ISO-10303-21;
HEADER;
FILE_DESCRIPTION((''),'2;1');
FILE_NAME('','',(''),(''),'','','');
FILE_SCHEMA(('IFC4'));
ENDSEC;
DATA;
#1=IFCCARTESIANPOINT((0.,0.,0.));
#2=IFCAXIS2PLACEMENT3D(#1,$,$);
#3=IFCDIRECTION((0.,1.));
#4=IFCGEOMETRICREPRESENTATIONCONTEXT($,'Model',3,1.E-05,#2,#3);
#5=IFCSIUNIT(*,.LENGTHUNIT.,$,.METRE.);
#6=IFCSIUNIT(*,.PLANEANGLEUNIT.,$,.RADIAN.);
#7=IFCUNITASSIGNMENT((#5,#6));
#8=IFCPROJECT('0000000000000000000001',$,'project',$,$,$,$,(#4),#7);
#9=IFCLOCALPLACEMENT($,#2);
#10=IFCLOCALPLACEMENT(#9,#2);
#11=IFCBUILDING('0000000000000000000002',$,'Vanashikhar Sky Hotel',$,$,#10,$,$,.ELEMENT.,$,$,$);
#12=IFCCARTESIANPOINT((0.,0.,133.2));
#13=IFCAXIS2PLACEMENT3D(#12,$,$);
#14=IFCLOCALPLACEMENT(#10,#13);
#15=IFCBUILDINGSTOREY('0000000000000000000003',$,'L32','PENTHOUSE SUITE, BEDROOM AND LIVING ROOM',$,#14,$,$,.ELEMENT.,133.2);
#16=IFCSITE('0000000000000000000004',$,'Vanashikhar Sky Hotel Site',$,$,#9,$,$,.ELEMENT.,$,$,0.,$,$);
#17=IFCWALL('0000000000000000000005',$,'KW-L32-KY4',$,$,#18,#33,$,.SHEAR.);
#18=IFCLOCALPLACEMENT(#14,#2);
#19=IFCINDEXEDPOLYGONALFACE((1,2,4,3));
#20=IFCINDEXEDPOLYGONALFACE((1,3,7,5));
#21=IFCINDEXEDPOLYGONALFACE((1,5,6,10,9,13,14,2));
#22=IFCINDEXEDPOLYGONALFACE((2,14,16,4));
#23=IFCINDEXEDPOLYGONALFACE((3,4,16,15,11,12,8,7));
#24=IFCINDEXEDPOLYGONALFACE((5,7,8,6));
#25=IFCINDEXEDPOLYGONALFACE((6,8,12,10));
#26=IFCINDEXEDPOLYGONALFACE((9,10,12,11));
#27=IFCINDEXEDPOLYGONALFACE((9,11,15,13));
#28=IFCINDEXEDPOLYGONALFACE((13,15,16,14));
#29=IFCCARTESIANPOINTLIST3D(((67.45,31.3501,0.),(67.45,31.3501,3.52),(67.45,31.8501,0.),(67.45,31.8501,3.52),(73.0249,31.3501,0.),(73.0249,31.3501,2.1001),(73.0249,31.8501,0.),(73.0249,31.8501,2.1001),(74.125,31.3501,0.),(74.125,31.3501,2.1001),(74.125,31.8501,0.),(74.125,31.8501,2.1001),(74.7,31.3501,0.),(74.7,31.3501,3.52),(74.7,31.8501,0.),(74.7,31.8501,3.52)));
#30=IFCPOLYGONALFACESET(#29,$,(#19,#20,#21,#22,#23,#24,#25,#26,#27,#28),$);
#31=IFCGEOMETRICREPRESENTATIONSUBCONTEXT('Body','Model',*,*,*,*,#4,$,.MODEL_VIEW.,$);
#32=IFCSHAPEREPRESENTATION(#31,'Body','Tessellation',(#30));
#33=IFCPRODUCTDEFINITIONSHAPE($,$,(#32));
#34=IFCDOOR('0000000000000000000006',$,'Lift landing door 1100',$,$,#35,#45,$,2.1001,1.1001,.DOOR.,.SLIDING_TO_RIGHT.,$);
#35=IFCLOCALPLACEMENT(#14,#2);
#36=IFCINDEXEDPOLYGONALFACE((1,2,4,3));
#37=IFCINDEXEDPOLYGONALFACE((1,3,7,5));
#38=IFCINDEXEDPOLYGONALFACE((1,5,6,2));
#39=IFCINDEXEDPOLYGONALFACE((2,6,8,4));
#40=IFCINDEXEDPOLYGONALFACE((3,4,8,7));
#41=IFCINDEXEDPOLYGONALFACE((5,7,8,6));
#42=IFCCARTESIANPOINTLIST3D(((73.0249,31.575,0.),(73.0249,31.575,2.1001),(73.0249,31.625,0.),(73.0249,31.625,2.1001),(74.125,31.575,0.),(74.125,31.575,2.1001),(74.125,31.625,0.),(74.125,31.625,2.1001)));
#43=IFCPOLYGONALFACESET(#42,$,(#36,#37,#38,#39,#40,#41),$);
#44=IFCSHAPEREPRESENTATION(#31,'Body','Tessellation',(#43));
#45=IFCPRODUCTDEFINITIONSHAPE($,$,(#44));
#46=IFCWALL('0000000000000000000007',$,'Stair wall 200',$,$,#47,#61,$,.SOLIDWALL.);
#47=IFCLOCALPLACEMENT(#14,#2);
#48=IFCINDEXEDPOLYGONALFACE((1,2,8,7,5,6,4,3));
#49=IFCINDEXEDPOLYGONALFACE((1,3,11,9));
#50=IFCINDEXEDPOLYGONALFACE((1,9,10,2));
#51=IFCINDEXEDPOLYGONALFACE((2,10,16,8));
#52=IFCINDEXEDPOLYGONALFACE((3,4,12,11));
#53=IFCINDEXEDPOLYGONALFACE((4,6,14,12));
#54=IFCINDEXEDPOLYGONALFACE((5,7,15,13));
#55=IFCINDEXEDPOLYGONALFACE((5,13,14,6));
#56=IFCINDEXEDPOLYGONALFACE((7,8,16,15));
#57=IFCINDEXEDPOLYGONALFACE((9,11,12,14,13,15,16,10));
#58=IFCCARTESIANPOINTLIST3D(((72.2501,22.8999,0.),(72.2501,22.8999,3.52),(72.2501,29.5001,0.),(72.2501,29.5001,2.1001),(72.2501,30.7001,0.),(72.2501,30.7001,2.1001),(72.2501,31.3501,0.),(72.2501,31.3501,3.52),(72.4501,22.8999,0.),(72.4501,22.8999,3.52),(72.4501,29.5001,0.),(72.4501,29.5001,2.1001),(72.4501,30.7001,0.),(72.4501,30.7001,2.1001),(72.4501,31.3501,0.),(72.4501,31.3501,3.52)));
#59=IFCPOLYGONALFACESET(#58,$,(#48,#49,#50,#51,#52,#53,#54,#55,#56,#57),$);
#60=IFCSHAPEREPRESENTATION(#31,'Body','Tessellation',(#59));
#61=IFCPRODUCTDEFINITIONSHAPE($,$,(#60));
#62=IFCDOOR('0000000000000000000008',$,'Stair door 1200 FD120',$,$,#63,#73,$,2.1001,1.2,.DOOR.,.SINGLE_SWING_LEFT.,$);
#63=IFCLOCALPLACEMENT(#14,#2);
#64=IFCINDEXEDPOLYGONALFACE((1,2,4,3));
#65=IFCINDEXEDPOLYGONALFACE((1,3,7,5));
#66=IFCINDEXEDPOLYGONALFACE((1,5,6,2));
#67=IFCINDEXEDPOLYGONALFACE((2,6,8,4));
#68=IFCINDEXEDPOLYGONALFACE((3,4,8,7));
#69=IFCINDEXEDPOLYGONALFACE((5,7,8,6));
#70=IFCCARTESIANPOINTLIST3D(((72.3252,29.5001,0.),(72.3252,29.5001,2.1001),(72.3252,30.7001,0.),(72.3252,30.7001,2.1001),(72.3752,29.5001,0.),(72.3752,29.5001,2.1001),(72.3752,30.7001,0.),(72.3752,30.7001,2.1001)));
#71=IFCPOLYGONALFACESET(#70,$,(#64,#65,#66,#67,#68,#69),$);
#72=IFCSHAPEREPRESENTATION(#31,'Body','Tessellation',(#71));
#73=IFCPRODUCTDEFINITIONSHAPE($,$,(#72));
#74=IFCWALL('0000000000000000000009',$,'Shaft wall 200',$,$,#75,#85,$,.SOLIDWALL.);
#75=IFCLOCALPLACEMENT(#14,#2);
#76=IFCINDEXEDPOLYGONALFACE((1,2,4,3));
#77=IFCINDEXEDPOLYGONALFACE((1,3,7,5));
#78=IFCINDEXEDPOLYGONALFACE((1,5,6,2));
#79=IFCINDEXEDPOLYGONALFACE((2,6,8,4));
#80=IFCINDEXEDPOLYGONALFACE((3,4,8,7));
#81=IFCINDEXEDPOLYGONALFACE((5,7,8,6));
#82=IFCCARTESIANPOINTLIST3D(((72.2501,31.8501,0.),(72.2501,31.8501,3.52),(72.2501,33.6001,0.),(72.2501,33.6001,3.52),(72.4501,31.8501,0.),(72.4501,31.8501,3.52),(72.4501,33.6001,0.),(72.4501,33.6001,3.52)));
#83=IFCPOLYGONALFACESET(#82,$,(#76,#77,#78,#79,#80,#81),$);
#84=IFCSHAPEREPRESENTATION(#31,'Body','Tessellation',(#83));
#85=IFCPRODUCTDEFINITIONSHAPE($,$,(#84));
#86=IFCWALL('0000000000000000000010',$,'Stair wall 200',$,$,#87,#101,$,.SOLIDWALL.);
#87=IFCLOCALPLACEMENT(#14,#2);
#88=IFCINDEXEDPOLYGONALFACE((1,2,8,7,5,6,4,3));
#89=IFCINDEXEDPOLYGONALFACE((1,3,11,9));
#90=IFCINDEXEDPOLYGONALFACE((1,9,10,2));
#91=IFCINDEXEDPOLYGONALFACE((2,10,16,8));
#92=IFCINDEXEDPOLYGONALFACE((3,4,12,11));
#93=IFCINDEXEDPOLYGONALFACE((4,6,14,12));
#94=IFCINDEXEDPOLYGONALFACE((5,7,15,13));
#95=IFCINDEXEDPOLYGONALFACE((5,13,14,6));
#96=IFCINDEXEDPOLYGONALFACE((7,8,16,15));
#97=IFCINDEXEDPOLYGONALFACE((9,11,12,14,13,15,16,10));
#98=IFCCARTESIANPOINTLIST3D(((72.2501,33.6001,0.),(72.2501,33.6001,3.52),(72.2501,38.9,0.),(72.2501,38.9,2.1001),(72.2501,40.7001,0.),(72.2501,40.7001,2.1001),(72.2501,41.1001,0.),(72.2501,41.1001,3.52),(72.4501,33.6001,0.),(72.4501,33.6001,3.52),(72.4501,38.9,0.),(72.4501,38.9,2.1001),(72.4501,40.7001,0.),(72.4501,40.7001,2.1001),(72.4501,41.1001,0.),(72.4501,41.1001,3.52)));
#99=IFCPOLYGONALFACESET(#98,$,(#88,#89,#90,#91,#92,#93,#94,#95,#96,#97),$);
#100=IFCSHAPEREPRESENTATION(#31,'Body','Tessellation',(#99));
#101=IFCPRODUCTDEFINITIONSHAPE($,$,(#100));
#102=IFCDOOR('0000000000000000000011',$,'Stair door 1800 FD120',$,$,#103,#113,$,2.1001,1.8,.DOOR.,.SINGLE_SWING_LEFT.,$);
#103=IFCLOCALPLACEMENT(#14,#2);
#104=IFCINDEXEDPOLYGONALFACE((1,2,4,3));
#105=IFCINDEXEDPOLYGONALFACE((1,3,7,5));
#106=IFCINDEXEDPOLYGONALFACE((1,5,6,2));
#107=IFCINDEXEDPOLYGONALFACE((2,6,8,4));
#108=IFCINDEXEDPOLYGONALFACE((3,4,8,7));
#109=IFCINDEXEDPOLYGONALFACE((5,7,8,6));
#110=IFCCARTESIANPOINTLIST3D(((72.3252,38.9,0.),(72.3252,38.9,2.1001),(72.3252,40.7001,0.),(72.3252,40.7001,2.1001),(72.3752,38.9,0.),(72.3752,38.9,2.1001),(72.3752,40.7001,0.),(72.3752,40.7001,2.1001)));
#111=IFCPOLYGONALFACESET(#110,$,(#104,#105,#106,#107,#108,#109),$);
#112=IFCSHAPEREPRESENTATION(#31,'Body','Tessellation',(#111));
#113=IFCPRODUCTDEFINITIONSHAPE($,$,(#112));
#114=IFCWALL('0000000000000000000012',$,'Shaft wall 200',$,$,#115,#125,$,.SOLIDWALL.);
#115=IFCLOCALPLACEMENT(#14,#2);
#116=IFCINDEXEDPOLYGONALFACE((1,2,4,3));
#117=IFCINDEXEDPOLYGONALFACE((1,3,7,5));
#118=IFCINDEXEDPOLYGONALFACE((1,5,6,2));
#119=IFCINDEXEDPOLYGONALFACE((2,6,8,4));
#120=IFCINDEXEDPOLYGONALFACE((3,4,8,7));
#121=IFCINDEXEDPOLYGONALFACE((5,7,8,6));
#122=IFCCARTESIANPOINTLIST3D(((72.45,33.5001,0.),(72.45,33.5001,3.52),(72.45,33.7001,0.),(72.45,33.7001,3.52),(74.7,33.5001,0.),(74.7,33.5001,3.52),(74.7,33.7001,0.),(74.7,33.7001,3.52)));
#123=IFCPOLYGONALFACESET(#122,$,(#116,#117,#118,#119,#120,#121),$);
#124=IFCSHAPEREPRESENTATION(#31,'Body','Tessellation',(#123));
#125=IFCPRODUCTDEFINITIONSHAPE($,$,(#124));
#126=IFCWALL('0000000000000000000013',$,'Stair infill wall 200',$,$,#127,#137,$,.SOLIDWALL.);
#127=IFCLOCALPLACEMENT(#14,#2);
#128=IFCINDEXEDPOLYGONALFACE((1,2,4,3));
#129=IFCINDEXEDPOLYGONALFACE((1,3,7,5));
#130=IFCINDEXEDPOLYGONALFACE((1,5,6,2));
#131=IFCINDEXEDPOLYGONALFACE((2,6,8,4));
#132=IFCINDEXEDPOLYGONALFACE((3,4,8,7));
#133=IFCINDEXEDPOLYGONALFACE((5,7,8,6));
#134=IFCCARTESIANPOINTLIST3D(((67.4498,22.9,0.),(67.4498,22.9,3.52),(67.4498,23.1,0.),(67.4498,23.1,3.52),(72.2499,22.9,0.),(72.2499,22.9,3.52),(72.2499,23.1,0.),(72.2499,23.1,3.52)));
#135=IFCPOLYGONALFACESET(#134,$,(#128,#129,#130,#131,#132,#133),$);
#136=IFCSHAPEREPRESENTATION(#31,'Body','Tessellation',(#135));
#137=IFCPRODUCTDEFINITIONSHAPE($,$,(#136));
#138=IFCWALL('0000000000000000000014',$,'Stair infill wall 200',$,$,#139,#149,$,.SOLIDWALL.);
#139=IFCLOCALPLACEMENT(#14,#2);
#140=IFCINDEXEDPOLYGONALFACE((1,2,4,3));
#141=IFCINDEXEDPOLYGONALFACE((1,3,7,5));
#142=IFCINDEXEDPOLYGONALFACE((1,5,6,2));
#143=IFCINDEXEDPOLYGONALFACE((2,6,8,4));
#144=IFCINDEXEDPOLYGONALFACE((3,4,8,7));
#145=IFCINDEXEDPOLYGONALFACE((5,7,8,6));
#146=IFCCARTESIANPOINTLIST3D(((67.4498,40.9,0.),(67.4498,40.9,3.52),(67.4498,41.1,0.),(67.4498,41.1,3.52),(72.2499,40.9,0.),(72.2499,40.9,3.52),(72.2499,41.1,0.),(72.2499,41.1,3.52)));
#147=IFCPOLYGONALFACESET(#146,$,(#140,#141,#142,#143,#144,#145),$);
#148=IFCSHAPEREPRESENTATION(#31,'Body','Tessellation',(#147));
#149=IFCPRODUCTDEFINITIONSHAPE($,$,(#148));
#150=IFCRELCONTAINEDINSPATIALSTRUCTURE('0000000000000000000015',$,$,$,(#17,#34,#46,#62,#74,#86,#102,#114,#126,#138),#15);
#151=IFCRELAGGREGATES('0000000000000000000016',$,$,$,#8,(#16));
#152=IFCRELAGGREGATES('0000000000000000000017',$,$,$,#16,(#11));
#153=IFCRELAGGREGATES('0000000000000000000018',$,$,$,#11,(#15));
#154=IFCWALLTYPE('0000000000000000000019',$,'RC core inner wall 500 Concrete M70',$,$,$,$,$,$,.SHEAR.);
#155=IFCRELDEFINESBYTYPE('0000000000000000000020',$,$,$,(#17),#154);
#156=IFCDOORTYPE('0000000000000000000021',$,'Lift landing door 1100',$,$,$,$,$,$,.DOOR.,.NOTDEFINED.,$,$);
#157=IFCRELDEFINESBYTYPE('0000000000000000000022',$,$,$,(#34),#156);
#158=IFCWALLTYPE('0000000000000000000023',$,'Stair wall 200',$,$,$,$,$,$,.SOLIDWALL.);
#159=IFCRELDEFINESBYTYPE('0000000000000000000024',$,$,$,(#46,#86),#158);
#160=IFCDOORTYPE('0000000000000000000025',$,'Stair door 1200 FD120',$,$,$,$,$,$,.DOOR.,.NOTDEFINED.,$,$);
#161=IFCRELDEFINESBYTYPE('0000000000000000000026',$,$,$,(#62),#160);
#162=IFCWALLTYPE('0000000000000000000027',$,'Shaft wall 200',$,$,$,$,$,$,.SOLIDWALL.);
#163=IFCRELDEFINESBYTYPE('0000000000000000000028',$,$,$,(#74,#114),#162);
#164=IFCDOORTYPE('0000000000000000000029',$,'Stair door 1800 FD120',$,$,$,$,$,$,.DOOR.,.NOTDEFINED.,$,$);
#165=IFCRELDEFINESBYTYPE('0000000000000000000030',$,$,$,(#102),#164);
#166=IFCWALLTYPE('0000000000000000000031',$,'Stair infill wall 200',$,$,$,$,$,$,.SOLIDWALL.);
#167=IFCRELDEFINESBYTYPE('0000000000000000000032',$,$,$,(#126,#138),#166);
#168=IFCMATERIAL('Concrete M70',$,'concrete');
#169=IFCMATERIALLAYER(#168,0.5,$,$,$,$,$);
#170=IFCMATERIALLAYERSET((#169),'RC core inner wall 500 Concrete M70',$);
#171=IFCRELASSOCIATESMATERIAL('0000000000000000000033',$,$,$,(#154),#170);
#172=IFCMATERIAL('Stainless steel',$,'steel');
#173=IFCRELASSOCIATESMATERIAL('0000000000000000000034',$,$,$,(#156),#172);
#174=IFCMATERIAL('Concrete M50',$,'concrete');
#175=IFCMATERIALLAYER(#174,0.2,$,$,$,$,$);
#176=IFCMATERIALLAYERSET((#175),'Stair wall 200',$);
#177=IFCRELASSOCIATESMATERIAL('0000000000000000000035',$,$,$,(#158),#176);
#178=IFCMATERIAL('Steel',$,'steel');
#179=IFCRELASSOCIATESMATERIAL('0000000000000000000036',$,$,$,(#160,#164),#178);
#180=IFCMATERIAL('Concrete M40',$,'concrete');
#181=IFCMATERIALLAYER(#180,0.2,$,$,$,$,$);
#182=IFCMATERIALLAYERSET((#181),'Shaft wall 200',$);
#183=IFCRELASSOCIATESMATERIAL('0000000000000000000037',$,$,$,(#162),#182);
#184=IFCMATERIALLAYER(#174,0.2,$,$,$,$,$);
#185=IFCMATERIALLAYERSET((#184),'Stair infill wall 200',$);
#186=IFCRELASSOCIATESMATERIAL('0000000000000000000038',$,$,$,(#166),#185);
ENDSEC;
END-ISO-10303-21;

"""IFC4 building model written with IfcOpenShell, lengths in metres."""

from ifc_helpers import new_model, si_unit, direction, frame, frame_2d, origin, place, context, subcontext, project, spatial, rectangle, extrude, source, transform, mapped, material, layer, layer_set, type_object, element, fill, save


model = new_model("IFC4")

# Units and contexts
model_context = context("Model", 3, precision=1e-05, world=origin(), true_north=direction((0.0, 1.0)))
body_context = subcontext(model_context, "Body", "Model", "MODEL_VIEW")
ifc_project = project(units=[si_unit("LENGTHUNIT", "METRE"), si_unit("PLANEANGLEUNIT", "RADIAN")], contexts=[model_context])

# Site, building, storey
site_placement = place(None, origin())
site = spatial("IfcSite", under=ifc_project, at=site_placement, Name="Vanashikhar Sky Hotel Site", CompositionType="ELEMENT", RefElevation=0.0)
building_placement = place(site_placement, origin())
building = spatial("IfcBuilding", under=site, at=building_placement, Name="Vanashikhar Sky Hotel", CompositionType="ELEMENT")
storey_placement = place(building_placement, frame((0.0, 0.0, 133.2)))
storey = spatial("IfcBuildingStorey", under=building, at=storey_placement, Name="L32", Description="PENTHOUSE SUITE, BEDROOM AND LIVING ROOM", CompositionType="ELEMENT", Elevation=133.2)

# Walls, openings, doors
ifc_material_1 = material(Name="Concrete M70", Category="concrete")
ifc_layer_1 = layer(ifc_material_1, 0.5)
ifc_layer_set_1 = layer_set([ifc_layer_1], Name="RC core inner wall 500 Concrete M70")
wall_type_1 = type_object("IfcWallType", Name="RC core inner wall 500 Concrete M70", PredefinedType="SHEAR", material=ifc_layer_set_1)
shared_shape_1 = source(origin(), body_context, "Body", "SweptSolid", [
    extrude(rectangle(XDim=7.25, YDim=0.5, at=frame_2d((3.625, 0.0))), origin(), (0.0, 0.0, 1.0), 3.52),
])
wall_1_placement = place(storey_placement, frame((67.45, 31.6001, 0.0), z_axis=(0.0, 0.0, 1.0), x_axis=(1.0, 0.0, 0.0)))
wall_1 = element("IfcWall", 1, at=wall_1_placement, inside=storey, type_object=wall_type_1, Name="KW-L32-KY4", PredefinedType="SHEAR", context=body_context, shape_type="MappedRepresentation", body=[
    mapped(shared_shape_1, transform((0.0, 0.0, 0.0), scale=1.0)),
])
shared_shape_2 = source(origin(), body_context, "Body", "SweptSolid", [
    extrude(rectangle(XDim=1.1001, YDim=2.1001, at=frame_2d((0.55, 1.05))), frame((0.0, 0.26, 0.0), z_axis=(0.0, -1.0, 0.0), x_axis=(1.0, 0.0, 0.0)), (0.0, 0.0, 1.0), 0.52),
])
opening_1_placement = place(wall_1_placement, frame((5.575, 0.0, 0.0)))
opening_1 = element("IfcOpeningElement", 2, at=opening_1_placement, cuts=wall_1, PredefinedType="OPENING", context=body_context, shape_type="MappedRepresentation", body=[
    mapped(shared_shape_2, transform((0.0, 0.0, 0.0), scale=1.0)),
])
ifc_material_2 = material(Name="Stainless steel", Category="steel")
door_type_1 = type_object("IfcDoorType", Name="Lift landing door 1100", OperationType="NOTDEFINED", PredefinedType="DOOR", material=ifc_material_2)
shared_shape_3 = source(origin(), body_context, "Body", "SweptSolid", [
    extrude(rectangle(XDim=1.1001, YDim=2.1001, at=frame_2d((0.55, 1.05))), frame((0.0, 0.0249, 0.0), z_axis=(0.0, -1.0, 0.0), x_axis=(1.0, 0.0, 0.0)), (0.0, 0.0, 1.0), 0.05),
])
door_1_placement = place(opening_1_placement, origin())
door_1 = element("IfcDoor", 3, at=door_1_placement, inside=storey, type_object=door_type_1, Name="Lift landing door 1100", OperationType="SLIDING_TO_RIGHT", OverallHeight=2.1001, OverallWidth=1.1001, PredefinedType="DOOR", context=body_context, shape_type="MappedRepresentation", body=[
    mapped(shared_shape_3, transform((0.0, 0.0, 0.0), scale=1.0)),
])
fill(opening_1, door_1)
ifc_material_3 = material(Name="Concrete M50", Category="concrete")
ifc_layer_2 = layer(ifc_material_3, 0.2)
ifc_layer_set_2 = layer_set([ifc_layer_2], Name="Stair wall 200")
wall_type_2 = type_object("IfcWallType", Name="Stair wall 200", PredefinedType="SOLIDWALL", material=ifc_layer_set_2)
shared_shape_4 = source(origin(), body_context, "Body", "SweptSolid", [
    extrude(rectangle(XDim=8.4502, YDim=0.2, at=frame_2d((4.2251, 0.0))), origin(), (0.0, 0.0, 1.0), 3.52),
])
wall_2_placement = place(storey_placement, frame((72.3501, 22.8999, 0.0), z_axis=(0.0, 0.0, 1.0), x_axis=(0.0, 1.0, 0.0)))
wall_2 = element("IfcWall", 4, at=wall_2_placement, inside=storey, type_object=wall_type_2, Name="Stair wall 200", PredefinedType="SOLIDWALL", context=body_context, shape_type="MappedRepresentation", body=[
    mapped(shared_shape_4, transform((0.0, 0.0, 0.0), scale=1.0)),
])
shared_shape_5 = source(origin(), body_context, "Body", "SweptSolid", [
    extrude(rectangle(XDim=1.2, YDim=2.1001, at=frame_2d((0.6001, 1.05))), frame((0.0, 0.1099, 0.0), z_axis=(0.0, -1.0, 0.0), x_axis=(1.0, 0.0, 0.0)), (0.0, 0.0, 1.0), 0.22),
])
opening_2_placement = place(wall_2_placement, frame((6.6001, 0.0, 0.0)))
opening_2 = element("IfcOpeningElement", 5, at=opening_2_placement, cuts=wall_2, PredefinedType="OPENING", context=body_context, shape_type="MappedRepresentation", body=[
    mapped(shared_shape_5, transform((0.0, 0.0, 0.0), scale=1.0)),
])
ifc_material_4 = material(Name="Steel", Category="steel")
door_type_2 = type_object("IfcDoorType", Name="Stair door 1200 FD120", OperationType="NOTDEFINED", PredefinedType="DOOR", material=ifc_material_4)
shared_shape_6 = source(origin(), body_context, "Body", "SweptSolid", [
    extrude(rectangle(XDim=1.2, YDim=2.1001, at=frame_2d((0.6001, 1.05))), frame((0.0, 0.0249, 0.0), z_axis=(0.0, -1.0, 0.0), x_axis=(1.0, 0.0, 0.0)), (0.0, 0.0, 1.0), 0.05),
])
door_2_placement = place(opening_2_placement, origin())
door_2 = element("IfcDoor", 6, at=door_2_placement, inside=storey, type_object=door_type_2, Name="Stair door 1200 FD120", OperationType="SINGLE_SWING_LEFT", OverallHeight=2.1001, OverallWidth=1.2, PredefinedType="DOOR", context=body_context, shape_type="MappedRepresentation", body=[
    mapped(shared_shape_6, transform((0.0, 0.0, 0.0), scale=1.0)),
])
fill(opening_2, door_2)

# Wall
ifc_material_5 = material(Name="Concrete M40", Category="concrete")
ifc_layer_3 = layer(ifc_material_5, 0.2)
ifc_layer_set_3 = layer_set([ifc_layer_3], Name="Shaft wall 200")
wall_type_3 = type_object("IfcWallType", Name="Shaft wall 200", PredefinedType="SOLIDWALL", material=ifc_layer_set_3)
shared_shape_7 = source(origin(), body_context, "Body", "SweptSolid", [
    extrude(rectangle(XDim=1.75, YDim=0.2, at=frame_2d((0.875, 0.0))), origin(), (0.0, 0.0, 1.0), 3.52),
])
wall_3_placement = place(storey_placement, frame((72.3501, 31.8501, 0.0), z_axis=(0.0, 0.0, 1.0), x_axis=(0.0, 1.0, 0.0)))
element("IfcWall", 7, at=wall_3_placement, inside=storey, type_object=wall_type_3, Name="Shaft wall 200", PredefinedType="SOLIDWALL", context=body_context, shape_type="MappedRepresentation", body=[
    mapped(shared_shape_7, transform((0.0, 0.0, 0.0), scale=1.0)),
])

# Wall, opening, door
shared_shape_8 = source(origin(), body_context, "Body", "SweptSolid", [
    extrude(rectangle(XDim=7.5, YDim=0.2, at=frame_2d((3.75, 0.0))), origin(), (0.0, 0.0, 1.0), 3.52),
])
wall_4_placement = place(storey_placement, frame((72.3501, 33.6001, 0.0), z_axis=(0.0, 0.0, 1.0), x_axis=(0.0, 1.0, 0.0)))
wall_4 = element("IfcWall", 8, at=wall_4_placement, inside=storey, type_object=wall_type_2, Name="Stair wall 200", PredefinedType="SOLIDWALL", context=body_context, shape_type="MappedRepresentation", body=[
    mapped(shared_shape_8, transform((0.0, 0.0, 0.0), scale=1.0)),
])
shared_shape_9 = source(origin(), body_context, "Body", "SweptSolid", [
    extrude(rectangle(XDim=1.8, YDim=2.1001, at=frame_2d((0.8999, 1.05))), frame((0.0, 0.1099, 0.0), z_axis=(0.0, -1.0, 0.0), x_axis=(1.0, 0.0, 0.0)), (0.0, 0.0, 1.0), 0.22),
])
opening_3_placement = place(wall_4_placement, frame((5.3, 0.0, 0.0)))
opening_3 = element("IfcOpeningElement", 9, at=opening_3_placement, cuts=wall_4, PredefinedType="OPENING", context=body_context, shape_type="MappedRepresentation", body=[
    mapped(shared_shape_9, transform((0.0, 0.0, 0.0), scale=1.0)),
])
door_type_3 = type_object("IfcDoorType", Name="Stair door 1800 FD120", OperationType="NOTDEFINED", PredefinedType="DOOR", material=ifc_material_4)
shared_shape_10 = source(origin(), body_context, "Body", "SweptSolid", [
    extrude(rectangle(XDim=1.8, YDim=2.1001, at=frame_2d((0.8999, 1.05))), frame((0.0, 0.0249, 0.0), z_axis=(0.0, -1.0, 0.0), x_axis=(1.0, 0.0, 0.0)), (0.0, 0.0, 1.0), 0.05),
])
door_3_placement = place(opening_3_placement, origin())
door_3 = element("IfcDoor", 10, at=door_3_placement, inside=storey, type_object=door_type_3, Name="Stair door 1800 FD120", OperationType="SINGLE_SWING_LEFT", OverallHeight=2.1001, OverallWidth=1.8, PredefinedType="DOOR", context=body_context, shape_type="MappedRepresentation", body=[
    mapped(shared_shape_10, transform((0.0, 0.0, 0.0), scale=1.0)),
])
fill(opening_3, door_3)

# Walls
shared_shape_11 = source(origin(), body_context, "Body", "SweptSolid", [
    extrude(rectangle(XDim=2.25, YDim=0.2, at=frame_2d((1.125, 0.0))), origin(), (0.0, 0.0, 1.0), 3.52),
])
wall_5_placement = place(storey_placement, frame((72.45, 33.6001, 0.0), z_axis=(0.0, 0.0, 1.0), x_axis=(1.0, 0.0, 0.0)))
element("IfcWall", 11, at=wall_5_placement, inside=storey, type_object=wall_type_3, Name="Shaft wall 200", PredefinedType="SOLIDWALL", context=body_context, shape_type="MappedRepresentation", body=[
    mapped(shared_shape_11, transform((0.0, 0.0, 0.0), scale=1.0)),
])
ifc_layer_4 = layer(ifc_material_3, 0.2)
ifc_layer_set_4 = layer_set([ifc_layer_4], Name="Stair infill wall 200")
wall_type_4 = type_object("IfcWallType", Name="Stair infill wall 200", PredefinedType="SOLIDWALL", material=ifc_layer_set_4)
shared_shape_12 = source(origin(), body_context, "Body", "SweptSolid", [
    extrude(rectangle(XDim=4.8, YDim=0.2, at=frame_2d((2.3999, 0.0))), origin(), (0.0, 0.0, 1.0), 3.52),
])
for number, where, z_axis, x_axis, name in (
    (12, (67.45, 23.0, 0.0), (0.0, 0.0, 1.0), (1.0, 0.0, 0.0), "Stair infill wall 200"),
    (13, (67.45, 41.0, 0.0), (0.0, 0.0, 1.0), (1.0, 0.0, 0.0), "Stair infill wall 200"),
):
    element("IfcWall", number, at=place(storey_placement, frame(where, z_axis=z_axis, x_axis=x_axis)), inside=storey, type_object=wall_type_4, Name=name, PredefinedType="SOLIDWALL", context=body_context, shape_type="MappedRepresentation", body=[
        mapped(shared_shape_12, transform((0.0, 0.0, 0.0), scale=1.0)),
    ])

save(model, "model.ifc")
